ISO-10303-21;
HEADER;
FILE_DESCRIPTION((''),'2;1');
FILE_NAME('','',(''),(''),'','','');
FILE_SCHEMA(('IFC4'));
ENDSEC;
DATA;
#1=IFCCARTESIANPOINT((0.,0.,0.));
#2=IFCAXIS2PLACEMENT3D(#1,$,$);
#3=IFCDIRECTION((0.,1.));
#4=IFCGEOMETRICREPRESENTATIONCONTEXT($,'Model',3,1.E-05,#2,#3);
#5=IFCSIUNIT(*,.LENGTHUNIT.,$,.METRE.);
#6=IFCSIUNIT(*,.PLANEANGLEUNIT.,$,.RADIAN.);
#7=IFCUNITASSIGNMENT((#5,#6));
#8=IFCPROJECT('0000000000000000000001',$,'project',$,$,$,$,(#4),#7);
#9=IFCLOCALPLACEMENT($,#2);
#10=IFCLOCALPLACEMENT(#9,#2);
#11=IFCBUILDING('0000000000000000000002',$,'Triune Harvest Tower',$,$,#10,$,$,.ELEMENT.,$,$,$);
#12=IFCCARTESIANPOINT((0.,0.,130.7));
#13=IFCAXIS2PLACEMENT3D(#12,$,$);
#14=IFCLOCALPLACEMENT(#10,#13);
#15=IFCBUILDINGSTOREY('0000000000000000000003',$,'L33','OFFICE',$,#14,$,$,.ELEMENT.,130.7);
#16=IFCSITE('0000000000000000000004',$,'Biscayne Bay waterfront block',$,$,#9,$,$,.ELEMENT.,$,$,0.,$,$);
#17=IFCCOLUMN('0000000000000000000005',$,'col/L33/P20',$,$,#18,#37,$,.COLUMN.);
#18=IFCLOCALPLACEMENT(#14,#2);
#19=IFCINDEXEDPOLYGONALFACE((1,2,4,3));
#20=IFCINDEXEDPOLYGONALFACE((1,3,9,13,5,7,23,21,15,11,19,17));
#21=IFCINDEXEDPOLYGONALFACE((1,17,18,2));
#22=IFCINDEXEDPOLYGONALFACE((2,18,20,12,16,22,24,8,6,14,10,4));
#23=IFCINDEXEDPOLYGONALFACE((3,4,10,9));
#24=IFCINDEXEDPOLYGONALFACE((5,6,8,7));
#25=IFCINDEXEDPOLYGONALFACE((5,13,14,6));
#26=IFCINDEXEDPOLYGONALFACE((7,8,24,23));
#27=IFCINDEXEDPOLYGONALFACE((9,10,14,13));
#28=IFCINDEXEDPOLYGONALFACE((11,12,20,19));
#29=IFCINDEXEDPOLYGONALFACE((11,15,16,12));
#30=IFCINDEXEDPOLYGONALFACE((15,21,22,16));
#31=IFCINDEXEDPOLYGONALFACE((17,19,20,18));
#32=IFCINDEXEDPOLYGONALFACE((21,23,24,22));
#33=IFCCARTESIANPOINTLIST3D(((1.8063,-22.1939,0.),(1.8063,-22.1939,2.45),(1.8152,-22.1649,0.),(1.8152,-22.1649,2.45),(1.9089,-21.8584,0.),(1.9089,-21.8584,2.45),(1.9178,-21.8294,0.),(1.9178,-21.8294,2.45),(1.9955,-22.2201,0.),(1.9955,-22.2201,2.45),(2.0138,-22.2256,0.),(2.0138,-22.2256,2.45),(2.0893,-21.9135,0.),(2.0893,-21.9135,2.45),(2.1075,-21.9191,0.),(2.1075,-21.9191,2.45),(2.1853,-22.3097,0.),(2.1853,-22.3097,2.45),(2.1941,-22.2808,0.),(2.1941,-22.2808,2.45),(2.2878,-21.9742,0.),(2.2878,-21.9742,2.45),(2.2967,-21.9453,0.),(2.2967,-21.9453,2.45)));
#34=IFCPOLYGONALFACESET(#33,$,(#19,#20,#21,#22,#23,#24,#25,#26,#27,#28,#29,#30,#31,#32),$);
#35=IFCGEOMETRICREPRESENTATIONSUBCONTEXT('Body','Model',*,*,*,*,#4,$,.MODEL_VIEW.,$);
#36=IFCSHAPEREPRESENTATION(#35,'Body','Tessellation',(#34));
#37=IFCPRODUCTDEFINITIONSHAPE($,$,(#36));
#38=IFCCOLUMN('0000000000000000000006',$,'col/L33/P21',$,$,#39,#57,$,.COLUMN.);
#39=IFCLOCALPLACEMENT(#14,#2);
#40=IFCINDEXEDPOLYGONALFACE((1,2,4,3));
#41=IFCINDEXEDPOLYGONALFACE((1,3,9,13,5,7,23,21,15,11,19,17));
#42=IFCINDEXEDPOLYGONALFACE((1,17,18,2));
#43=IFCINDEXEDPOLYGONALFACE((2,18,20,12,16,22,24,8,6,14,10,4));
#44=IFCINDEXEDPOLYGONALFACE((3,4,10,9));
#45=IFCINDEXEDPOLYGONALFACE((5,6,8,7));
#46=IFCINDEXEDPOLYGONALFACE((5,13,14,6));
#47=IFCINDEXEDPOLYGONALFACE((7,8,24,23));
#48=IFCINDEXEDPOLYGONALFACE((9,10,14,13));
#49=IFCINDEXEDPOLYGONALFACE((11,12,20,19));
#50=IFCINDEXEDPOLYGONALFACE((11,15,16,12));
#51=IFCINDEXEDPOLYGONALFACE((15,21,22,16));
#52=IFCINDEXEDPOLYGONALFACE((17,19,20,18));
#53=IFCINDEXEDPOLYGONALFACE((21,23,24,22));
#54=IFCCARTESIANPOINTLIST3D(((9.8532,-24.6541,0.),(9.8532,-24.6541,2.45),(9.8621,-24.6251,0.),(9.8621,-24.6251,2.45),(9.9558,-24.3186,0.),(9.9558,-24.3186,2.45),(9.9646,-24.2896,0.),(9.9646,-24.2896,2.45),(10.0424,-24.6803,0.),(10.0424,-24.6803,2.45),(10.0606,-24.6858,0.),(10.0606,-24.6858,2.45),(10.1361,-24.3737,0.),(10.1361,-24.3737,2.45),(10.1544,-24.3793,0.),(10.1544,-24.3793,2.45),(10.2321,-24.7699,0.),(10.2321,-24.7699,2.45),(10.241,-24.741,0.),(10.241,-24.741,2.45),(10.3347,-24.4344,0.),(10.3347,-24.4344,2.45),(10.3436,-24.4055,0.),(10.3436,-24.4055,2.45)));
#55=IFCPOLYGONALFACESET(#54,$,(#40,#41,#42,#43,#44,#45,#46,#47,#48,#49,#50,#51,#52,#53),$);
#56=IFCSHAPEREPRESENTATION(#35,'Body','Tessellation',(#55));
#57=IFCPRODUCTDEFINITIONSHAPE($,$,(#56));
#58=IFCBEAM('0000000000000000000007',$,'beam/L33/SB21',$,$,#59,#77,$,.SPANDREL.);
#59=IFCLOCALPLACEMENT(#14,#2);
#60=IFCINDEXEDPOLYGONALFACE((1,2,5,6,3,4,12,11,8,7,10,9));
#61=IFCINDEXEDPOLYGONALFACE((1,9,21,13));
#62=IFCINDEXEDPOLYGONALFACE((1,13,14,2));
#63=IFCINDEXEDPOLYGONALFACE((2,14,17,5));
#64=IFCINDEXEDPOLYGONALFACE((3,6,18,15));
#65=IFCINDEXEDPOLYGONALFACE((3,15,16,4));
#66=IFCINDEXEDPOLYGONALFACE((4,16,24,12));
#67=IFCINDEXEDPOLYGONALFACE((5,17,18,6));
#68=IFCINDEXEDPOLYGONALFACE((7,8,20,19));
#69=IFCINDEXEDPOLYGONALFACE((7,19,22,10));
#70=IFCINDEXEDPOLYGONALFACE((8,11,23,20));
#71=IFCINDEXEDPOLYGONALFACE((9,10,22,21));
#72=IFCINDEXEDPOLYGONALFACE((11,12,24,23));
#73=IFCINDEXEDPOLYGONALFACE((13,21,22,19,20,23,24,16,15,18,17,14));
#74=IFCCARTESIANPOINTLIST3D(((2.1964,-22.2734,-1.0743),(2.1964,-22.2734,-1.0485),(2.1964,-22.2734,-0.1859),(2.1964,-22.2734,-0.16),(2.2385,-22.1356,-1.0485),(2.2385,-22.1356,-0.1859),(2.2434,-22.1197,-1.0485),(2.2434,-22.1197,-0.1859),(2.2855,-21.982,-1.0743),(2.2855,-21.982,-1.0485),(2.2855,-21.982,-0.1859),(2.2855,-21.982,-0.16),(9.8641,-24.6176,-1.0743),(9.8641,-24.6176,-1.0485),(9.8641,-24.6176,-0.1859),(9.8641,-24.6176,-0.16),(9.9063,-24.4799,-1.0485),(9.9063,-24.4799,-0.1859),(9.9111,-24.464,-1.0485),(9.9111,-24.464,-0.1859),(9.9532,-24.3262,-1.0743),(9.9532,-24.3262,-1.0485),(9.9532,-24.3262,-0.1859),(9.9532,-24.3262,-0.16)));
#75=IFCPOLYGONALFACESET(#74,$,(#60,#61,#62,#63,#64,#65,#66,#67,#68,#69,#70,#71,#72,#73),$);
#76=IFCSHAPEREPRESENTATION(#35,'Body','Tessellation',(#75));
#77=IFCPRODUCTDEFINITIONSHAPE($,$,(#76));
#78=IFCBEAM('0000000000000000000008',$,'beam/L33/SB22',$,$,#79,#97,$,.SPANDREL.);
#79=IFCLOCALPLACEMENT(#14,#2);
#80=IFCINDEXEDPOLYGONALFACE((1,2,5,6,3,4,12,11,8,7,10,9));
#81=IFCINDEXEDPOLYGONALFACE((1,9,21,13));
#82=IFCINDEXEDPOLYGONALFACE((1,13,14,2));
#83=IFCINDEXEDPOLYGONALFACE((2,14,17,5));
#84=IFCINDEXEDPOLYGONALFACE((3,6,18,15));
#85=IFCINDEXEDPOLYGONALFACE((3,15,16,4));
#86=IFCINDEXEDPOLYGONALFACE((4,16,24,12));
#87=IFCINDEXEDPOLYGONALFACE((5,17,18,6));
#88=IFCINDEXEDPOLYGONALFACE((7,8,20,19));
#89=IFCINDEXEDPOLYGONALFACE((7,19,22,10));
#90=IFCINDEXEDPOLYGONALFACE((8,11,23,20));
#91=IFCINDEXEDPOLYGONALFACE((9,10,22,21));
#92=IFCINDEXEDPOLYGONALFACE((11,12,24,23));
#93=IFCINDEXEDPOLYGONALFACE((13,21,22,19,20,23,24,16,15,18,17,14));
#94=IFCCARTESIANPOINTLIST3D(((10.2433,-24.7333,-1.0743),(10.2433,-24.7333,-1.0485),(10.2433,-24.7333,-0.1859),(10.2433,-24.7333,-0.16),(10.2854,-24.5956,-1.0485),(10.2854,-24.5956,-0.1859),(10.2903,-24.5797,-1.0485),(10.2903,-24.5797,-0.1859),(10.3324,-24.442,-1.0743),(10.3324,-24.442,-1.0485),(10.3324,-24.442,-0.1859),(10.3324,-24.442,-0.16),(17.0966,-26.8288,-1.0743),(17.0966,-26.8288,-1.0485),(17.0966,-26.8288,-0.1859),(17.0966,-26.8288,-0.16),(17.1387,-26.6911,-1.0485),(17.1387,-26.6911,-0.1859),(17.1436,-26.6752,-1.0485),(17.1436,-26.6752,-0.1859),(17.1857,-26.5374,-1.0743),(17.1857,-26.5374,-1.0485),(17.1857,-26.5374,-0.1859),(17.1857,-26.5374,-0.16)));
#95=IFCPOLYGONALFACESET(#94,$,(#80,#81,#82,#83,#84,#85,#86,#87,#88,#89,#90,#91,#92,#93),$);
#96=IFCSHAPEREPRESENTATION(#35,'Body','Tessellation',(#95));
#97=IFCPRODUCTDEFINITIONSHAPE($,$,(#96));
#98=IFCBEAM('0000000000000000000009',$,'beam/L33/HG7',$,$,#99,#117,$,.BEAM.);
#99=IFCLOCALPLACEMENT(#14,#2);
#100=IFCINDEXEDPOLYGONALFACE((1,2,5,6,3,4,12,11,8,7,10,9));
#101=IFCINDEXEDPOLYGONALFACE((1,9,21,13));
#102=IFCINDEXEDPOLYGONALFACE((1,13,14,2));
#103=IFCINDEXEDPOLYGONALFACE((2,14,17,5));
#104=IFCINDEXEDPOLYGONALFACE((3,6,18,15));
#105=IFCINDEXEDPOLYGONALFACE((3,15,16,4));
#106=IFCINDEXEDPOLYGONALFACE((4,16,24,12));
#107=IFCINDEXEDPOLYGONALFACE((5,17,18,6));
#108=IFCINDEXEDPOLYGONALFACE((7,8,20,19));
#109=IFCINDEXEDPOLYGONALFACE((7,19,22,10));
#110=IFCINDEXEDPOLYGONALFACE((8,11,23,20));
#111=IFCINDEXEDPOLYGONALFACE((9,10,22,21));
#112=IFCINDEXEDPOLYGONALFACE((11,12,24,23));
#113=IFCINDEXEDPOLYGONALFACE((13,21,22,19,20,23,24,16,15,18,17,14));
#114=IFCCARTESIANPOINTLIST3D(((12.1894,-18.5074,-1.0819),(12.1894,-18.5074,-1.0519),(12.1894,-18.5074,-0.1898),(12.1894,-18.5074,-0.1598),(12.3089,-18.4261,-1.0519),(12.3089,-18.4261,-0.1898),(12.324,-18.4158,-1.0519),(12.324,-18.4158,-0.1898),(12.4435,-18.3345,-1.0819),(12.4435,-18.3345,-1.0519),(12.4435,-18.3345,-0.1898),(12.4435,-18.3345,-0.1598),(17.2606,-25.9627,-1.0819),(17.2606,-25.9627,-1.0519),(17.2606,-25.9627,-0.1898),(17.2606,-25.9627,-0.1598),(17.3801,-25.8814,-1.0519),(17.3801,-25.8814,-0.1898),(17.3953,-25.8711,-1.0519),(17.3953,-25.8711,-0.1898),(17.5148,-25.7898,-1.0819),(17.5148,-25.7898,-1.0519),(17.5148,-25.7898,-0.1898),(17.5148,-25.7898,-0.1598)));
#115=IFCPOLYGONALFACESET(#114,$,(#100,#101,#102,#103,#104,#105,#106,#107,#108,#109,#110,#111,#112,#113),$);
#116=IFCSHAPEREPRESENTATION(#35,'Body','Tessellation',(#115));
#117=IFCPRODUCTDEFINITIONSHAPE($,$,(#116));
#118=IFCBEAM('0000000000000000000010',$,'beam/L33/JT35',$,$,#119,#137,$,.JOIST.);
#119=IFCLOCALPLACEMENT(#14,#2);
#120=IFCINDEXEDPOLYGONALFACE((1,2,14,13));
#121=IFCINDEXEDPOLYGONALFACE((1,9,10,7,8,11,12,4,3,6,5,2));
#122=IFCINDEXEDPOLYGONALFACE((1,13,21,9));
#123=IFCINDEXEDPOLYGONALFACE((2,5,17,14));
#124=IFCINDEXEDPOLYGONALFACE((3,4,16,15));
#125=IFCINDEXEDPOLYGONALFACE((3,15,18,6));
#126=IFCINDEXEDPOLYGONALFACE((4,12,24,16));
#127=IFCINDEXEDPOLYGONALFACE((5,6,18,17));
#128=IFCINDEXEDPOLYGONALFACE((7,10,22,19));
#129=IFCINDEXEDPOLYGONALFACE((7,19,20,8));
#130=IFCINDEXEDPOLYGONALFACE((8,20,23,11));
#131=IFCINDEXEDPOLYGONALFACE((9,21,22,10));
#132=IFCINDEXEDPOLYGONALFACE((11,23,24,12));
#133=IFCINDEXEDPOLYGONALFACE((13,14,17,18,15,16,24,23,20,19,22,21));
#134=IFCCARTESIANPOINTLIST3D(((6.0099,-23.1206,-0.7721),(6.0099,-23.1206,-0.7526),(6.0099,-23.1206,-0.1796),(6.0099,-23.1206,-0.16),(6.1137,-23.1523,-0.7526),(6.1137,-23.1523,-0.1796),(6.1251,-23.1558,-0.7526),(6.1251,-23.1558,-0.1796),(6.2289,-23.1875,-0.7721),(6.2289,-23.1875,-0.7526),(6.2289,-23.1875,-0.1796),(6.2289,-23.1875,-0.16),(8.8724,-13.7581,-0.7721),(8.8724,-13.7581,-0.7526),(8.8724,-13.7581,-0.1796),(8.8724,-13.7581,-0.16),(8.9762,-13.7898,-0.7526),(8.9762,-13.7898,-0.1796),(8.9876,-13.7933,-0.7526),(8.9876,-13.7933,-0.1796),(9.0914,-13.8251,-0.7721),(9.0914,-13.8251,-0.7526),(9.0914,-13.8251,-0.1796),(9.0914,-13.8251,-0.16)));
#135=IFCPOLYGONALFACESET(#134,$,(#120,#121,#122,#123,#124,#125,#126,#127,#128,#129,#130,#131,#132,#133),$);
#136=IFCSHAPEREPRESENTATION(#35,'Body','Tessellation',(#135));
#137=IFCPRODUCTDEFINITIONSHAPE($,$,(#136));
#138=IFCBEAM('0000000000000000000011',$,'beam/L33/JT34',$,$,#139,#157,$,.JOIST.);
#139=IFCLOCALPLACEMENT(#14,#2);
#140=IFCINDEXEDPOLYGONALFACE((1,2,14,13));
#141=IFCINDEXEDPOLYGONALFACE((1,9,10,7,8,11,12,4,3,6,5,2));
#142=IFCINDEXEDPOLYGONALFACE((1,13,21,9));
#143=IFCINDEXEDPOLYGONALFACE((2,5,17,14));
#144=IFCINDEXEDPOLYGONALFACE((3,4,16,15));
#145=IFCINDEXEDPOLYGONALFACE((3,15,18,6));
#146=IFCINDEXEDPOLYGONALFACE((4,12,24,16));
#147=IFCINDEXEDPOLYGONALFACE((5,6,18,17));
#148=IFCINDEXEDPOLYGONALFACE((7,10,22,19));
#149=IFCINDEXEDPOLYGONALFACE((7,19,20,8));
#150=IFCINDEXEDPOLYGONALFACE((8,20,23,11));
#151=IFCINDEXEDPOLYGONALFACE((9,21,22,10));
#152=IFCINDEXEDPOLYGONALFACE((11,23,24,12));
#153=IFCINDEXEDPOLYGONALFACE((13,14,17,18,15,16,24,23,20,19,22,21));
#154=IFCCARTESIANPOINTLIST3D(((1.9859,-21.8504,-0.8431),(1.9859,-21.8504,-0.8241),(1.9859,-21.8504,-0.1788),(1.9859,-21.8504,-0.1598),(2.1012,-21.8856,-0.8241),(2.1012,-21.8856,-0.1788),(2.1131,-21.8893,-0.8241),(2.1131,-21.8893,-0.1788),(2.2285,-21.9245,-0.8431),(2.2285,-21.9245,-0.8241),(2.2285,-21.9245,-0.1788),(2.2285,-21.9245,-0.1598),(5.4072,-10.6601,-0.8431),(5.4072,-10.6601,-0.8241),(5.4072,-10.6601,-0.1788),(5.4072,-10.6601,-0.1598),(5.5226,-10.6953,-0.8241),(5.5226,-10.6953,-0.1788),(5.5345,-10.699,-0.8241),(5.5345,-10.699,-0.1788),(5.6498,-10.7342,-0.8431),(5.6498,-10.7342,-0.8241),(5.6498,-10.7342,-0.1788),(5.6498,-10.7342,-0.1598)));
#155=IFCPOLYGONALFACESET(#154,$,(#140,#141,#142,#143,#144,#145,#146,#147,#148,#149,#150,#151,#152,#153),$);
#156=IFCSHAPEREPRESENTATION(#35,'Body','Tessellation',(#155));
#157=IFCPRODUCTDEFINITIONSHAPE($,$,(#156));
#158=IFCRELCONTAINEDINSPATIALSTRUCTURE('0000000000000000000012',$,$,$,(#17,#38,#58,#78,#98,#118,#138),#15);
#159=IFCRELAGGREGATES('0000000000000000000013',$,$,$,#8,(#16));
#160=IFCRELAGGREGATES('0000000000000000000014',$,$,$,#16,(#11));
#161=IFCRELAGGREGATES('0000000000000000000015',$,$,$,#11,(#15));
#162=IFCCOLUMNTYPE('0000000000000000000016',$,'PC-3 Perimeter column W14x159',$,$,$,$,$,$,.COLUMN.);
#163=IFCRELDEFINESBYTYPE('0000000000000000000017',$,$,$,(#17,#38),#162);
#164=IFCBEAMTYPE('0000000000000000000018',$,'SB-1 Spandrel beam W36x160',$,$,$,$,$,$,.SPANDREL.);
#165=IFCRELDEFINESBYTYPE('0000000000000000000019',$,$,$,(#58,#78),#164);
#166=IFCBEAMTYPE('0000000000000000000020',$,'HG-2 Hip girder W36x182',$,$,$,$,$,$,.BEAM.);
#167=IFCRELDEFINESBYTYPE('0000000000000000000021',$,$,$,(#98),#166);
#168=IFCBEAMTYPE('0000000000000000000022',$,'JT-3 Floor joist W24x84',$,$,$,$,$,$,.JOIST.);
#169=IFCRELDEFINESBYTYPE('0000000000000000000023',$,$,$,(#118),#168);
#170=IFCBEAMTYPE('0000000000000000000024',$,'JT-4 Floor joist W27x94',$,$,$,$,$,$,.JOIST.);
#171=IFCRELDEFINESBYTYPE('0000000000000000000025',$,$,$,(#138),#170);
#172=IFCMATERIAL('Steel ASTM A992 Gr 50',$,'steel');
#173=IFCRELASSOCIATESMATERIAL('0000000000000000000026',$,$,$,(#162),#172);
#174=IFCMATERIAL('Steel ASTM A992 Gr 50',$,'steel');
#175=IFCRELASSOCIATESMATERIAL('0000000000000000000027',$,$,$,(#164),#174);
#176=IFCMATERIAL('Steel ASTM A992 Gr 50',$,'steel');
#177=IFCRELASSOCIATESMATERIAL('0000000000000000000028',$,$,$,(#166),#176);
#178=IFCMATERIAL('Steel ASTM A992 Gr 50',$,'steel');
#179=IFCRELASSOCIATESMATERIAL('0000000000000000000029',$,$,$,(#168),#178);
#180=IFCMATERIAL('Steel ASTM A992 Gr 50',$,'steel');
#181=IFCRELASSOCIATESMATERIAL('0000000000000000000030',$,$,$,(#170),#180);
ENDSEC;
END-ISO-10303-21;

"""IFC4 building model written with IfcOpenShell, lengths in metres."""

from ifc_helpers import new_model, si_unit, direction, frame, origin, origin_2d, place, context, subcontext, project, spatial, i_section, extrude, source, transform, mapped, material, material_profile, profile_set, type_object, element, save


model = new_model("IFC4")

# Units and contexts
model_context = context("Model", 3, precision=1e-05, world=origin(), true_north=direction((0.0, 1.0)))
body_context = subcontext(model_context, "Body", "Model", "MODEL_VIEW")
ifc_project = project(units=[si_unit("LENGTHUNIT", "METRE"), si_unit("PLANEANGLEUNIT", "RADIAN")], contexts=[model_context])

# Site, building, storey
site_placement = place(None, origin())
site = spatial("IfcSite", under=ifc_project, at=site_placement, Name="Biscayne Bay waterfront block", CompositionType="ELEMENT", RefElevation=0.0)
building_placement = place(site_placement, origin())
building = spatial("IfcBuilding", under=site, at=building_placement, Name="Triune Harvest Tower", CompositionType="ELEMENT")
storey_placement = place(building_placement, frame((0.0, 0.0, 130.7)))
storey = spatial("IfcBuildingStorey", under=building, at=storey_placement, Name="L33", Description="OFFICE", CompositionType="ELEMENT", Elevation=130.7)

# Columns
ifc_material_1 = material(Name="Steel ASTM A992 Gr 50", Category="steel")
ifc_material_profile_1 = material_profile(ifc_material_1, i_section(OverallWidth=0.3962, OverallDepth=0.3811, WebThickness=0.019, FlangeThickness=0.0303, at=origin_2d()), Name="W14x159")
ifc_profile_set_1 = profile_set([ifc_material_profile_1], Name="Steel ASTM A992 Gr 50")
column_type = type_object("IfcColumnType", Name="PC-3 Perimeter column W14x159", PredefinedType="COLUMN", material=ifc_profile_set_1)
shared_shape_1 = source(origin(), body_context, "Body", "SweptSolid", [
    extrude(i_section(OverallWidth=0.3962, OverallDepth=0.3811, WebThickness=0.019, FlangeThickness=0.0303, at=origin_2d()), origin(), (0.0, 0.0, 1.0), 2.45),
])
for number, where, z_axis, x_axis, name in (
    (1, (2.0515, -22.0696, 0.0), (0.0, 0.0, 1.0), (0.956305, -0.292372, 0.0), "col/L33/P20"),
    (2, (10.0984, -24.5298, 0.0), (0.0, 0.0, 1.0), (0.956305, -0.292372, 0.0), "col/L33/P21"),
):
    element("IfcColumn", number, at=place(storey_placement, frame(where, z_axis=z_axis, x_axis=x_axis)), inside=storey, type_object=column_type, Name=name, PredefinedType="COLUMN", context=body_context, shape_type="MappedRepresentation", body=[
        mapped(shared_shape_1, transform((0.0, 0.0, 0.0), scale=1.0)),
    ])

# Beams
ifc_material_2 = material(Name="Steel ASTM A992 Gr 50", Category="steel")
ifc_material_profile_2 = material_profile(ifc_material_2, i_section(OverallWidth=0.3047, OverallDepth=0.9143, WebThickness=0.0166, FlangeThickness=0.0259, at=origin_2d()), Name="W36x160")
ifc_profile_set_2 = profile_set([ifc_material_profile_2], Name="Steel ASTM A992 Gr 50")
beam_type_1 = type_object("IfcBeamType", Name="SB-1 Spandrel beam W36x160", PredefinedType="SPANDREL", material=ifc_profile_set_2)
shared_shape_2 = source(origin(), body_context, "Body", "SweptSolid", [
    extrude(i_section(OverallWidth=0.3047, OverallDepth=0.9143, WebThickness=0.0166, FlangeThickness=0.0259, at=origin_2d()), origin(), (0.0, 0.0, 1.0), 8.0181),
])
beam_1_placement = place(storey_placement, frame((2.241, -22.1277, -0.6172), z_axis=(0.956305, -0.292369, 0.0), x_axis=(0.292369, 0.956305, 0.0)))
element("IfcBeam", 3, at=beam_1_placement, inside=storey, type_object=beam_type_1, Name="beam/L33/SB21", PredefinedType="SPANDREL", context=body_context, shape_type="MappedRepresentation", body=[
    mapped(shared_shape_2, transform((0.0, 0.0, 0.0), scale=1.0)),
])
shared_shape_3 = source(origin(), body_context, "Body", "SweptSolid", [
    extrude(i_section(OverallWidth=0.3047, OverallDepth=0.9143, WebThickness=0.0166, FlangeThickness=0.0259, at=origin_2d()), origin(), (0.0, 0.0, 1.0), 7.1665),
])
beam_2_placement = place(storey_placement, frame((10.2878, -24.5876, -0.6172), z_axis=(0.956297, -0.292398, 0.0), x_axis=(0.292398, 0.956297, 0.0)))
element("IfcBeam", 4, at=beam_2_placement, inside=storey, type_object=beam_type_1, Name="beam/L33/SB22", PredefinedType="SPANDREL", context=body_context, shape_type="MappedRepresentation", body=[
    mapped(shared_shape_3, transform((0.0, 0.0, 0.0), scale=1.0)),
])
ifc_material_3 = material(Name="Steel ASTM A992 Gr 50", Category="steel")
ifc_material_profile_3 = material_profile(ifc_material_3, i_section(OverallWidth=0.3074, OverallDepth=0.9221, WebThickness=0.0183, FlangeThickness=0.03, at=origin_2d()), Name="W36x182")
ifc_profile_set_3 = profile_set([ifc_material_profile_3], Name="Steel ASTM A992 Gr 50")
beam_type_2 = type_object("IfcBeamType", Name="HG-2 Hip girder W36x182", PredefinedType="BEAM", material=ifc_profile_set_3)
shared_shape_4 = source(origin(), body_context, "Body", "SweptSolid", [
    extrude(i_section(OverallWidth=0.3074, OverallDepth=0.9221, WebThickness=0.0183, FlangeThickness=0.03, at=origin_2d()), origin(), (0.0, 0.0, 1.0), 9.0166),
])
beam_3_placement = place(storey_placement, frame((17.3877, -25.8762, -0.6208), z_axis=(-0.562437, 0.82684, 0.0), x_axis=(-0.82684, -0.562437, 0.0)))
element("IfcBeam", 5, at=beam_3_placement, inside=storey, type_object=beam_type_2, Name="beam/L33/HG7", PredefinedType="BEAM", context=body_context, shape_type="MappedRepresentation", body=[
    mapped(shared_shape_4, transform((0.0, 0.0, 0.0), scale=1.0)),
])
ifc_material_4 = material(Name="Steel ASTM A992 Gr 50", Category="steel")
ifc_material_profile_4 = material_profile(ifc_material_4, i_section(OverallWidth=0.229, OverallDepth=0.6121, WebThickness=0.012, FlangeThickness=0.0195, at=origin_2d()), Name="W24x84")
ifc_profile_set_4 = profile_set([ifc_material_profile_4], Name="Steel ASTM A992 Gr 50")
beam_type_3 = type_object("IfcBeamType", Name="JT-3 Floor joist W24x84", PredefinedType="JOIST", material=ifc_profile_set_4)
shared_shape_5 = source(origin(), body_context, "Body", "SweptSolid", [
    extrude(i_section(OverallWidth=0.229, OverallDepth=0.6121, WebThickness=0.012, FlangeThickness=0.0195, at=origin_2d()), origin(), (0.0, 0.0, 1.0), 9.7903),
])
beam_4_placement = place(storey_placement, frame((6.1194, -23.1541, -0.4661), z_axis=(0.292384, 0.956301, 0.0), x_axis=(-0.956301, 0.292384, 0.0)))
element("IfcBeam", 6, at=beam_4_placement, inside=storey, type_object=beam_type_3, Name="beam/L33/JT35", PredefinedType="JOIST", context=body_context, shape_type="MappedRepresentation", body=[
    mapped(shared_shape_5, transform((0.0, 0.0, 0.0), scale=1.0)),
])
ifc_material_5 = material(Name="Steel ASTM A992 Gr 50", Category="steel")
ifc_material_profile_5 = material_profile(ifc_material_5, i_section(OverallWidth=0.2537, OverallDepth=0.6833, WebThickness=0.0125, FlangeThickness=0.019, at=origin_2d()), Name="W27x94")
ifc_profile_set_5 = profile_set([ifc_material_profile_5], Name="Steel ASTM A992 Gr 50")
beam_type_4 = type_object("IfcBeamType", Name="JT-4 Floor joist W27x94", PredefinedType="JOIST", material=ifc_profile_set_5)
shared_shape_6 = source(origin(), body_context, "Body", "SweptSolid", [
    extrude(i_section(OverallWidth=0.2537, OverallDepth=0.6833, WebThickness=0.0125, FlangeThickness=0.019, at=origin_2d()), origin(), (0.0, 0.0, 1.0), 11.7017),
])
beam_5_placement = place(storey_placement, frame((2.1072, -21.8875, -0.5015), z_axis=(0.292382, 0.956302, 0.0), x_axis=(-0.956302, 0.292382, 0.0)))
element("IfcBeam", 7, at=beam_5_placement, inside=storey, type_object=beam_type_4, Name="beam/L33/JT34", PredefinedType="JOIST", context=body_context, shape_type="MappedRepresentation", body=[
    mapped(shared_shape_6, transform((0.0, 0.0, 0.0), scale=1.0)),
])

save(model, "model.ifc")
